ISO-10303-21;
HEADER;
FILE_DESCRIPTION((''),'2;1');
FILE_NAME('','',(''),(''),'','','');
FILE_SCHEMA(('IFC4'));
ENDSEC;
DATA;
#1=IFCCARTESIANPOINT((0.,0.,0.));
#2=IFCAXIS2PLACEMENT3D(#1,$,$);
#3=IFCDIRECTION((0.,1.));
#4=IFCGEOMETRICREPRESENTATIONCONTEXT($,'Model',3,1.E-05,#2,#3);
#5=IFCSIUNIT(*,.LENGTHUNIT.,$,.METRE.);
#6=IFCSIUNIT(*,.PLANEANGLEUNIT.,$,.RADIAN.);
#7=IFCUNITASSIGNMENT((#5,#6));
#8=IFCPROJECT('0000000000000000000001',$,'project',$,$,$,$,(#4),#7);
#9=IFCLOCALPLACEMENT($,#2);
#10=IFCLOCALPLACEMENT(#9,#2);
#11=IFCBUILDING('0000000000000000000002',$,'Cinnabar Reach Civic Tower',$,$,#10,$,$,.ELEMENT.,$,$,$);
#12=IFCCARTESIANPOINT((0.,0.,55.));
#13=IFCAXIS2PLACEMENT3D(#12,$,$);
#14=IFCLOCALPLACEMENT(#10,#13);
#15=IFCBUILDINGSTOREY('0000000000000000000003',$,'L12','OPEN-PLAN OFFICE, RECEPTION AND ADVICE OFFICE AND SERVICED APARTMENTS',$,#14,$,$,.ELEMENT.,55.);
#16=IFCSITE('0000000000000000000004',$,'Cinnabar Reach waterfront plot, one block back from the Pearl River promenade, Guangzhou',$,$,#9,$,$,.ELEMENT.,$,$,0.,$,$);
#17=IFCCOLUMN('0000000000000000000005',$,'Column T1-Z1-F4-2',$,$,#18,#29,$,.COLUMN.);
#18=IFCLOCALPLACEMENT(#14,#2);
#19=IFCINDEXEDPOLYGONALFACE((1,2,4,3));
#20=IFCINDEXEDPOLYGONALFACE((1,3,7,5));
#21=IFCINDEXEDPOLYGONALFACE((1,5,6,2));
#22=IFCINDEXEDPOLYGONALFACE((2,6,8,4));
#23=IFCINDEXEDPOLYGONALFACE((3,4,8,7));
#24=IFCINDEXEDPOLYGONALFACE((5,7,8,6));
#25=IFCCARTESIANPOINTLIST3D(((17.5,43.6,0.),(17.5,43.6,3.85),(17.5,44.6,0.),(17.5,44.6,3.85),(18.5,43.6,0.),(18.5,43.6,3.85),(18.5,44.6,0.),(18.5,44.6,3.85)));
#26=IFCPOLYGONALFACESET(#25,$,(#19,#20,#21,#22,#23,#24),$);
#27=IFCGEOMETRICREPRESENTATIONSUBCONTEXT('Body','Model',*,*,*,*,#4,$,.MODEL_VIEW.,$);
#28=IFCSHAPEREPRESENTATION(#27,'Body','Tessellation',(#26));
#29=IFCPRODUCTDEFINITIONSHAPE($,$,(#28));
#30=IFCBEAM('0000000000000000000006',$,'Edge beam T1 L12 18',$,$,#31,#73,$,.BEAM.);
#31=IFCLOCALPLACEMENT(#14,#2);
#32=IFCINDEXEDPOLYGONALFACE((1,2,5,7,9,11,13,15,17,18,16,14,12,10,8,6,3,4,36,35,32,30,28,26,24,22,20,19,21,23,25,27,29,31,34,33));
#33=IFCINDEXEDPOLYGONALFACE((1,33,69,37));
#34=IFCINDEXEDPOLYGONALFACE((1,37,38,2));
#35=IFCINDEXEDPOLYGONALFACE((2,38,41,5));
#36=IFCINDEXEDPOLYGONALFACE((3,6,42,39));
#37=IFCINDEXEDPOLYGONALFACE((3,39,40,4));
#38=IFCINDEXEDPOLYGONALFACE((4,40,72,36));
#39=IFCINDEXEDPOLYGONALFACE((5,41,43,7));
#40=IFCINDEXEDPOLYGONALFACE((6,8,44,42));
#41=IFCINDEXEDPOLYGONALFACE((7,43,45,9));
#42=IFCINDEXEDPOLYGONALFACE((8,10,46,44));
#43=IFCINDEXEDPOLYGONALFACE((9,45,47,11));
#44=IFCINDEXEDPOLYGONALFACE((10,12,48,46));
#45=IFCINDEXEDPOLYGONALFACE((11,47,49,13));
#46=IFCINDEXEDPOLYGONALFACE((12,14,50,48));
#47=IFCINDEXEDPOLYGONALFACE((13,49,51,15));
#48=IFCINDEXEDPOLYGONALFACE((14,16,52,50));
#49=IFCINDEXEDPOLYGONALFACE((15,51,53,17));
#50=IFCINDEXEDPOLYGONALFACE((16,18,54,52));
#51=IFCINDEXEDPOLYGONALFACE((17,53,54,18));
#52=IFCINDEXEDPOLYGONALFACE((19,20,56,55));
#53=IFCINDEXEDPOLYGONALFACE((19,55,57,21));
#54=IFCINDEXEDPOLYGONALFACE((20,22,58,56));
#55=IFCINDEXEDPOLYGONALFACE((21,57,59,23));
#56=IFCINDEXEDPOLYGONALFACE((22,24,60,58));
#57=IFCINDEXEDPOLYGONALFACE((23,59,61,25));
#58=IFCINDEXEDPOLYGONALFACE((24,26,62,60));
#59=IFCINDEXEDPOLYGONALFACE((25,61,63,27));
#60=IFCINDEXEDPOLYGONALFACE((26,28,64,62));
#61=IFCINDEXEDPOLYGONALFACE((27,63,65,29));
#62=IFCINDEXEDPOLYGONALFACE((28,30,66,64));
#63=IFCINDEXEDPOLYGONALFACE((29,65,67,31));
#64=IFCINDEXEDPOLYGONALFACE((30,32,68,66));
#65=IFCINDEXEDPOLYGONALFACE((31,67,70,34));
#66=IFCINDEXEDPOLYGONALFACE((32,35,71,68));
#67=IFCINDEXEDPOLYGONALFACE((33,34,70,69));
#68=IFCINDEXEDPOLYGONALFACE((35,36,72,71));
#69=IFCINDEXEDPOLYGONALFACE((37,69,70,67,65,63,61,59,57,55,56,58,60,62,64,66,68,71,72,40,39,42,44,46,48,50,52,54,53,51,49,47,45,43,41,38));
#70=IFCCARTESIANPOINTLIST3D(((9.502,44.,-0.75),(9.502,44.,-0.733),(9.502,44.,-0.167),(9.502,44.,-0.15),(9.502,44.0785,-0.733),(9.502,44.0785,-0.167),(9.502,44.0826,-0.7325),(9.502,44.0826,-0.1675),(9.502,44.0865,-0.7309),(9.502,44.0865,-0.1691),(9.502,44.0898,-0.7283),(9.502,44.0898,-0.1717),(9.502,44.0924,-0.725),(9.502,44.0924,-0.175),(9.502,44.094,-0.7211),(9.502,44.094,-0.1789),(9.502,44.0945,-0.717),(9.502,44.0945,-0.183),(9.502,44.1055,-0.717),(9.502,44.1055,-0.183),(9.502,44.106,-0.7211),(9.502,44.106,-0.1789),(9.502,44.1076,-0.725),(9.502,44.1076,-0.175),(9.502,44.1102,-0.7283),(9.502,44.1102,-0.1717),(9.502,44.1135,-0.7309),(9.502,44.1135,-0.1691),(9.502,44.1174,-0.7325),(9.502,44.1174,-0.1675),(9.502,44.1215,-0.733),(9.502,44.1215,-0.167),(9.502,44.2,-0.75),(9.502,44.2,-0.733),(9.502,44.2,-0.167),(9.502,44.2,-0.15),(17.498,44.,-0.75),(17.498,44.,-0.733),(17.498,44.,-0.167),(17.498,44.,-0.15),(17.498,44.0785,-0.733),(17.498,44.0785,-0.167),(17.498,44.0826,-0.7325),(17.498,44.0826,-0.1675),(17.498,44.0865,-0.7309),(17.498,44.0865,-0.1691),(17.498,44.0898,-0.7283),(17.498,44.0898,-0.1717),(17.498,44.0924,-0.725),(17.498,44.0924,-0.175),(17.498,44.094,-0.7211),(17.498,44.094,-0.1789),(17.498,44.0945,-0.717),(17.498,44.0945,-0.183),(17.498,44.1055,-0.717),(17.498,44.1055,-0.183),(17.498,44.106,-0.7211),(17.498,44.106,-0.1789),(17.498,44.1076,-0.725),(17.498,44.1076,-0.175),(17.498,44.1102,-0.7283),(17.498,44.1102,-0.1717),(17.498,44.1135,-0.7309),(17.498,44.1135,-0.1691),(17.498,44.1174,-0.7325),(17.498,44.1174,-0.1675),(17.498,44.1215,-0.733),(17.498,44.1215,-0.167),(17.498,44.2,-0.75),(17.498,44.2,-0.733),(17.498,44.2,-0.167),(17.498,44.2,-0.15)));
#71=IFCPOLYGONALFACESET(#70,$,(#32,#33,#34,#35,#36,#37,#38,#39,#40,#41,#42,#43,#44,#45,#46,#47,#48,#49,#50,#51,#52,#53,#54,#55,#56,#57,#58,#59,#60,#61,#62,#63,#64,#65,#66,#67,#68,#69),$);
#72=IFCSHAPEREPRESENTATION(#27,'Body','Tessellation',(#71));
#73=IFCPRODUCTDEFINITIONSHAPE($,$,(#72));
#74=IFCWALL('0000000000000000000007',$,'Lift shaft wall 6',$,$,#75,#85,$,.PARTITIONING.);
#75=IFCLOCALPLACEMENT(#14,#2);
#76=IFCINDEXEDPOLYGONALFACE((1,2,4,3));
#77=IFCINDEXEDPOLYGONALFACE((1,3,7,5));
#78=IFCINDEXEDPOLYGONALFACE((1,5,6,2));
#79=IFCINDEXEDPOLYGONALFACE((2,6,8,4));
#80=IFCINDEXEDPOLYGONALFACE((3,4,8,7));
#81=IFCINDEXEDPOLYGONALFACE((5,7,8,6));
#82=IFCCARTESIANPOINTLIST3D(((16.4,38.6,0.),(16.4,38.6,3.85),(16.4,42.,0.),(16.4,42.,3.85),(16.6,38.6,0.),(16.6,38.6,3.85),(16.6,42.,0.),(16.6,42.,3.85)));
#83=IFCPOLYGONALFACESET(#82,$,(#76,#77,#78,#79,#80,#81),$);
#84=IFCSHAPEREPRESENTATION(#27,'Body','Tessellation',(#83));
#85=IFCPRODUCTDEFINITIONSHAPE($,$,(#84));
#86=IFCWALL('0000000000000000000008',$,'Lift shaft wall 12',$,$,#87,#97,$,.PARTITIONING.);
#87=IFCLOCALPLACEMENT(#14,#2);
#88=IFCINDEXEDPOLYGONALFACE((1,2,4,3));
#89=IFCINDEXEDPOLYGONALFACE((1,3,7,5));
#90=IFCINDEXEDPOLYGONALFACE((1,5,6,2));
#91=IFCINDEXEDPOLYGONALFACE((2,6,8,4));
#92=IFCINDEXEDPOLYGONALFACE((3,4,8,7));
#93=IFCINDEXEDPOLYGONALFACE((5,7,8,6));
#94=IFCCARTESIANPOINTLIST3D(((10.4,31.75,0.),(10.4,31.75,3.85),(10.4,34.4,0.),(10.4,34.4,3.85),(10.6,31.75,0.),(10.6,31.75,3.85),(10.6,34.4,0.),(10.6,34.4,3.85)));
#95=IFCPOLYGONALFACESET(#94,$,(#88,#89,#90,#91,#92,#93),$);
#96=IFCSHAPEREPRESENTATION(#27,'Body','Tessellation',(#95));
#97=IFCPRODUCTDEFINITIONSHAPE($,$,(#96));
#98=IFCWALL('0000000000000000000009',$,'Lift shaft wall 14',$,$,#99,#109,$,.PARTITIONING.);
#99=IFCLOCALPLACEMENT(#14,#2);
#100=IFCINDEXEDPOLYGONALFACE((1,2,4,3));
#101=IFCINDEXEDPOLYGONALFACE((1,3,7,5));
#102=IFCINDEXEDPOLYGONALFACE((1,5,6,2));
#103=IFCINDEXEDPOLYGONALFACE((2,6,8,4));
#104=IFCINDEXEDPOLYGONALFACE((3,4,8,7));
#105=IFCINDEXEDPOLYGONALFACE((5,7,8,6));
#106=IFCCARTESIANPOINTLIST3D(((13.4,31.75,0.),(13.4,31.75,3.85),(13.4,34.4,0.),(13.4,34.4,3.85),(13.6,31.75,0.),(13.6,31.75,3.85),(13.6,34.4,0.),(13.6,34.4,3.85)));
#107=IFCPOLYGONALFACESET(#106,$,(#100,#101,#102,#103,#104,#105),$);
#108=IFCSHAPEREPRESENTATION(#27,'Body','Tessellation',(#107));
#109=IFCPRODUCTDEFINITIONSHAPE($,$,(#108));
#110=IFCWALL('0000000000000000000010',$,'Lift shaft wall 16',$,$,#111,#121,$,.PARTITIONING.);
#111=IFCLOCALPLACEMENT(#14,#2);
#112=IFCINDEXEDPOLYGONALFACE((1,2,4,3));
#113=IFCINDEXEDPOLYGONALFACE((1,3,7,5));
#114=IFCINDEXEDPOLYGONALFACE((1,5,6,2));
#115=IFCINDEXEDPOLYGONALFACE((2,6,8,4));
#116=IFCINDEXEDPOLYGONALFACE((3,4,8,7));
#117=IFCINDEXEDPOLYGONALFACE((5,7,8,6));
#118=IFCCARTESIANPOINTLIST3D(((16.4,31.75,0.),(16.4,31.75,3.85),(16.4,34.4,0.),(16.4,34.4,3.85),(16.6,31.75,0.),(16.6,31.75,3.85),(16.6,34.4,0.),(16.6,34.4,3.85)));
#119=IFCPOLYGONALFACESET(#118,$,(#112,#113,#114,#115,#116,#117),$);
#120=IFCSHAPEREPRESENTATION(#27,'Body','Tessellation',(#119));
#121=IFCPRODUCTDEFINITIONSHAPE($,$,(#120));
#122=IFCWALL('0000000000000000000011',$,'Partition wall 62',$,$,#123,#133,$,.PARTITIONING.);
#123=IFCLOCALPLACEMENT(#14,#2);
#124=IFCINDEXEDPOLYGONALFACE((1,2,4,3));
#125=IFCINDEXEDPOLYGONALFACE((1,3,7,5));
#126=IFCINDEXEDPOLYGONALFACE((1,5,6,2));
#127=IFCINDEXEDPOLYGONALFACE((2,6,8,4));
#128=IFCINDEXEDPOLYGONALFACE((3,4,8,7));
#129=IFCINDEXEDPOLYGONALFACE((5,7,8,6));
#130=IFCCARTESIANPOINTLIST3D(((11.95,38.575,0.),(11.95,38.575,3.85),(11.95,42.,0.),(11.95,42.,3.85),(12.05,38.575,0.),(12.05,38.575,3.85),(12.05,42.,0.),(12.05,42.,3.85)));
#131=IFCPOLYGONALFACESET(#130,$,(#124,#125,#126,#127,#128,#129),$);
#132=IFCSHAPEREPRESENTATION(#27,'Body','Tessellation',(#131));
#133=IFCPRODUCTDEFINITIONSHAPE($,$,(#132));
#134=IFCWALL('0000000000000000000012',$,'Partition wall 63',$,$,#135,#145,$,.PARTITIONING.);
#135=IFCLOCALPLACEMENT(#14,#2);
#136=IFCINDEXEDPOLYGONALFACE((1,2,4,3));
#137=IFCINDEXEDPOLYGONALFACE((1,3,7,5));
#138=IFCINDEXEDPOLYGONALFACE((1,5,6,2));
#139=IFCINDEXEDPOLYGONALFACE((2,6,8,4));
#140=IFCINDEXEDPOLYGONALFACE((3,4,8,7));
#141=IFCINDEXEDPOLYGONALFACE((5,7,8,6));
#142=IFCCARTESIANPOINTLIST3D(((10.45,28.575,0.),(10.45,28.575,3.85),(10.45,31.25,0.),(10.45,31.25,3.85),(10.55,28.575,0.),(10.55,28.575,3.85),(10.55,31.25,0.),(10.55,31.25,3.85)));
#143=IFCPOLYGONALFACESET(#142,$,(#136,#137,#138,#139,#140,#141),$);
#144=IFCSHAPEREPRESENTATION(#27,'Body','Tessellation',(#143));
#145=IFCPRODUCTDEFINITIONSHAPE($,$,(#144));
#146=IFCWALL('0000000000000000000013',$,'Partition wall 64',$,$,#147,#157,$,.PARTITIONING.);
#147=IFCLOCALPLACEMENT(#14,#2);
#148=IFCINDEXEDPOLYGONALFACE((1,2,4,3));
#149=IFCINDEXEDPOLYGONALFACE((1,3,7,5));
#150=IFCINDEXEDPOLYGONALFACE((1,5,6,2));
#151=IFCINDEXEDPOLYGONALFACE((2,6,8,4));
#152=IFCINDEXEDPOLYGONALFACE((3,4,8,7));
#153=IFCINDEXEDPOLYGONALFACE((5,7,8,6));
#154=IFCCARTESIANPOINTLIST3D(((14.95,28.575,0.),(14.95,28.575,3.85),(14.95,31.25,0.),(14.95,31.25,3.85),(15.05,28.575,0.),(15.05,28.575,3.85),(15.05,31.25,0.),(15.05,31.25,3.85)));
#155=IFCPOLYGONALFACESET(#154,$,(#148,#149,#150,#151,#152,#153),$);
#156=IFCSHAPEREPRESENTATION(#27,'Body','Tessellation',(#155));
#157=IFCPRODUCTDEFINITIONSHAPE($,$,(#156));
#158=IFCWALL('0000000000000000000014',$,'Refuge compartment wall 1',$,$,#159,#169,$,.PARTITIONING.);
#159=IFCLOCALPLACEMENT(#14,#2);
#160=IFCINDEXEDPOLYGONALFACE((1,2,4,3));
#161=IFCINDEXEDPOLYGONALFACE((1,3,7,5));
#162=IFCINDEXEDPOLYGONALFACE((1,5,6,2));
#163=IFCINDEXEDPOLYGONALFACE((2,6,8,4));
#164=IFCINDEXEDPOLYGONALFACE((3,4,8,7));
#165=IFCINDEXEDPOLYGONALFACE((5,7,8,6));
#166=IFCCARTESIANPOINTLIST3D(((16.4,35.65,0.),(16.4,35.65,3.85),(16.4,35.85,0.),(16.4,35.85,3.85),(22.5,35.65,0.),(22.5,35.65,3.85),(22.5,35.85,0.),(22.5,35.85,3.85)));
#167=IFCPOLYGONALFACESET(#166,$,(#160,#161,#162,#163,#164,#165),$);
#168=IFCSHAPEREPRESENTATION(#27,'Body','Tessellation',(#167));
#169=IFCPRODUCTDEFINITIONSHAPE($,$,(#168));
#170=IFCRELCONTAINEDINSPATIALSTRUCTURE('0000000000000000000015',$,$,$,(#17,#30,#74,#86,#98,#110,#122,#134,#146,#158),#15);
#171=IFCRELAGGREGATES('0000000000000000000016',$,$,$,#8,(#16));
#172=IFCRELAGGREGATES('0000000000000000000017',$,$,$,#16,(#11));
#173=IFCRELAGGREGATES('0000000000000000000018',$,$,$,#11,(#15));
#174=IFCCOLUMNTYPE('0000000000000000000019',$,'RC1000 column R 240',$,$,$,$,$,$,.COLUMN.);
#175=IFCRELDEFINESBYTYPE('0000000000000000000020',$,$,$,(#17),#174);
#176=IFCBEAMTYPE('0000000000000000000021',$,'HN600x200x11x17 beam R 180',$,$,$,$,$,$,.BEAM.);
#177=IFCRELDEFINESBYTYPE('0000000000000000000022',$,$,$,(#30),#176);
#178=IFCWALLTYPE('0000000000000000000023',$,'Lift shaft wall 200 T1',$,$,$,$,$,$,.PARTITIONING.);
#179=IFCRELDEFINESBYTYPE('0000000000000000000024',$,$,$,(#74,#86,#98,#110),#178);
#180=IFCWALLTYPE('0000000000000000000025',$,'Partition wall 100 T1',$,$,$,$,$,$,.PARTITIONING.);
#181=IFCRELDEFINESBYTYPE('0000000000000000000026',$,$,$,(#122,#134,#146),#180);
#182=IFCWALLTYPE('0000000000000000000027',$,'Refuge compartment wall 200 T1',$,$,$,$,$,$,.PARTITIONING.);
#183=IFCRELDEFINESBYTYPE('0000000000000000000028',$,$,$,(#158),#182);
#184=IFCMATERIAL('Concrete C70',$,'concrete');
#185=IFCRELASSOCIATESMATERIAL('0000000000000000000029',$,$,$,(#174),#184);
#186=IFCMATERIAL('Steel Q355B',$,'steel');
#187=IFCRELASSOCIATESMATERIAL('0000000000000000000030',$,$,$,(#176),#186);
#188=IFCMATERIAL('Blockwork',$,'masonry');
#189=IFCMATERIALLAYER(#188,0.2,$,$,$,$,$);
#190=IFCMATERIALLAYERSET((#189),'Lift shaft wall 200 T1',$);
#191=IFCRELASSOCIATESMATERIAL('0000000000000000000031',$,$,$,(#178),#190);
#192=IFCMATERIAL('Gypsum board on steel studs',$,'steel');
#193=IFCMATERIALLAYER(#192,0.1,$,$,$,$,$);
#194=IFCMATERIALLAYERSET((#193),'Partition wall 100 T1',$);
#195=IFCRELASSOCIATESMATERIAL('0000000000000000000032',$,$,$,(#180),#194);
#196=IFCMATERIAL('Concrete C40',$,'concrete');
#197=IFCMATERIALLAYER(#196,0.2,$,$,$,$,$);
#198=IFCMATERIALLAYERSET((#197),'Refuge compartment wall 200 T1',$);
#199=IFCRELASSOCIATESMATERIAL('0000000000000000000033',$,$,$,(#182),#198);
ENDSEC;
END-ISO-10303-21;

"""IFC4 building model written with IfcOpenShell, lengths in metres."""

from ifc_helpers import new_model, si_unit, direction, frame, frame_2d, origin, origin_2d, place, context, subcontext, project, spatial, rectangle, i_section, extrude, material, layer, layer_set, material_profile, profile_set, type_object, element, save


model = new_model("IFC4")

# Units and contexts
model_context = context("Model", 3, precision=1e-05, world=origin(), true_north=direction((0.0, 1.0)))
body_context = subcontext(model_context, "Body", "Model", "MODEL_VIEW")
ifc_project = project(units=[si_unit("LENGTHUNIT", "METRE"), si_unit("PLANEANGLEUNIT", "RADIAN")], contexts=[model_context])

# Site, building, storey
site_placement = place(None, origin())
site = spatial("IfcSite", under=ifc_project, at=site_placement, Name="Cinnabar Reach waterfront plot, one block back from the Pearl River promenade, Guangzhou", CompositionType="ELEMENT", RefElevation=0.0)
building_placement = place(site_placement, origin())
building = spatial("IfcBuilding", under=site, at=building_placement, Name="Cinnabar Reach Civic Tower", CompositionType="ELEMENT")
storey_placement = place(building_placement, frame((0.0, 0.0, 55.0)))
storey = spatial("IfcBuildingStorey", under=building, at=storey_placement, Name="L12", Description="OPEN-PLAN OFFICE, RECEPTION AND ADVICE OFFICE AND SERVICED APARTMENTS", CompositionType="ELEMENT", Elevation=55.0)

# Column
ifc_material_1 = material(Name="Concrete C70", Category="concrete")
ifc_material_profile_1 = material_profile(ifc_material_1, rectangle(XDim=1.0, YDim=1.0, at=origin_2d()), Name="RC1000")
ifc_profile_set_1 = profile_set([ifc_material_profile_1], Name="Concrete C70")
column_type = type_object("IfcColumnType", Name="RC1000 column R 240", PredefinedType="COLUMN", material=ifc_profile_set_1)
column_placement = place(storey_placement, frame((18.0, 44.1, 0.0), z_axis=(0.0, 0.0, 1.0), x_axis=(1.0, 0.0, 0.0)))
element("IfcColumn", 1, at=column_placement, inside=storey, type_object=column_type, Name="Column T1-Z1-F4-2", PredefinedType="COLUMN", context=body_context, shape_type="SweptSolid", body=[
    extrude(rectangle(XDim=1.0, YDim=1.0, at=origin_2d()), origin(), (0.0, 0.0, 1.0), 3.85),
])

# Beam
ifc_material_2 = material(Name="Steel Q355B", Category="steel")
ifc_material_profile_2 = material_profile(ifc_material_2, i_section(OverallWidth=0.2, OverallDepth=0.6, WebThickness=0.011, FlangeThickness=0.017, FilletRadius=0.016, at=origin_2d()), Name="HN600x200x11x17")
ifc_profile_set_2 = profile_set([ifc_material_profile_2], Name="Steel Q355B")
beam_type = type_object("IfcBeamType", Name="HN600x200x11x17 beam R 180", PredefinedType="BEAM", material=ifc_profile_set_2)
beam_placement = place(storey_placement, frame((17.498, 44.1, -0.45), z_axis=(-1.0, 0.0, 0.0), x_axis=(0.0, -1.0, 0.0)))
element("IfcBeam", 2, at=beam_placement, inside=storey, type_object=beam_type, Name="Edge beam T1 L12 18", PredefinedType="BEAM", context=body_context, shape_type="SweptSolid", body=[
    extrude(i_section(OverallWidth=0.2, OverallDepth=0.6, WebThickness=0.011, FlangeThickness=0.017, FilletRadius=0.016, at=origin_2d()), origin(), (0.0, 0.0, 1.0), 7.996),
])

# Walls
ifc_material_3 = material(Name="Blockwork", Category="masonry")
ifc_layer_1 = layer(ifc_material_3, 0.2)
ifc_layer_set_1 = layer_set([ifc_layer_1], Name="Lift shaft wall 200 T1")
wall_type_1 = type_object("IfcWallType", Name="Lift shaft wall 200 T1", PredefinedType="PARTITIONING", material=ifc_layer_set_1)
wall_1_placement = place(storey_placement, frame((16.5, 38.6, 0.0), z_axis=(0.0, 0.0, 1.0), x_axis=(0.0, 1.0, 0.0)))
element("IfcWall", 3, at=wall_1_placement, inside=storey, type_object=wall_type_1, Name="Lift shaft wall 6", PredefinedType="PARTITIONING", context=body_context, shape_type="SweptSolid", body=[
    extrude(rectangle(XDim=3.4, YDim=0.2, at=frame_2d((1.7, 0.0))), origin(), (0.0, 0.0, 1.0), 3.85),
])
for number, where, z_axis, x_axis, name in (
    (4, (10.5, 31.75, 0.0), (0.0, 0.0, 1.0), (0.0, 1.0, 0.0), "Lift shaft wall 12"),
    (5, (13.5, 31.75, 0.0), (0.0, 0.0, 1.0), (0.0, 1.0, 0.0), "Lift shaft wall 14"),
    (6, (16.5, 31.75, 0.0), (0.0, 0.0, 1.0), (0.0, 1.0, 0.0), "Lift shaft wall 16"),
):
    element("IfcWall", number, at=place(storey_placement, frame(where, z_axis=z_axis, x_axis=x_axis)), inside=storey, type_object=wall_type_1, Name=name, PredefinedType="PARTITIONING", context=body_context, shape_type="SweptSolid", body=[
        extrude(rectangle(XDim=2.65, YDim=0.2, at=frame_2d((1.325, 0.0))), origin(), (0.0, 0.0, 1.0), 3.85),
    ])
ifc_material_4 = material(Name="Gypsum board on steel studs", Category="steel")
ifc_layer_2 = layer(ifc_material_4, 0.1)
ifc_layer_set_2 = layer_set([ifc_layer_2], Name="Partition wall 100 T1")
wall_type_2 = type_object("IfcWallType", Name="Partition wall 100 T1", PredefinedType="PARTITIONING", material=ifc_layer_set_2)
wall_2_placement = place(storey_placement, frame((12.0, 38.575, 0.0), z_axis=(0.0, 0.0, 1.0), x_axis=(0.0, 1.0, 0.0)))
element("IfcWall", 7, at=wall_2_placement, inside=storey, type_object=wall_type_2, Name="Partition wall 62", PredefinedType="PARTITIONING", context=body_context, shape_type="SweptSolid", body=[
    extrude(rectangle(XDim=3.425, YDim=0.1, at=frame_2d((1.7125, 0.0))), origin(), (0.0, 0.0, 1.0), 3.85),
])
for number, where, z_axis, x_axis, name in (
    (8, (10.5, 28.575, 0.0), (0.0, 0.0, 1.0), (0.0, 1.0, 0.0), "Partition wall 63"),
    (9, (15.0, 28.575, 0.0), (0.0, 0.0, 1.0), (0.0, 1.0, 0.0), "Partition wall 64"),
):
    element("IfcWall", number, at=place(storey_placement, frame(where, z_axis=z_axis, x_axis=x_axis)), inside=storey, type_object=wall_type_2, Name=name, PredefinedType="PARTITIONING", context=body_context, shape_type="SweptSolid", body=[
        extrude(rectangle(XDim=2.675, YDim=0.1, at=frame_2d((1.3375, 0.0))), origin(), (0.0, 0.0, 1.0), 3.85),
    ])
ifc_material_5 = material(Name="Concrete C40", Category="concrete")
ifc_layer_3 = layer(ifc_material_5, 0.2)
ifc_layer_set_3 = layer_set([ifc_layer_3], Name="Refuge compartment wall 200 T1")
wall_type_3 = type_object("IfcWallType", Name="Refuge compartment wall 200 T1", PredefinedType="PARTITIONING", material=ifc_layer_set_3)
wall_3_placement = place(storey_placement, frame((16.4, 35.75, 0.0), z_axis=(0.0, 0.0, 1.0), x_axis=(1.0, 0.0, 0.0)))
element("IfcWall", 10, at=wall_3_placement, inside=storey, type_object=wall_type_3, Name="Refuge compartment wall 1", PredefinedType="PARTITIONING", context=body_context, shape_type="SweptSolid", body=[
    extrude(rectangle(XDim=6.1, YDim=0.2, at=frame_2d((3.05, 0.0))), origin(), (0.0, 0.0, 1.0), 3.85),
])

save(model, "model.ifc")
